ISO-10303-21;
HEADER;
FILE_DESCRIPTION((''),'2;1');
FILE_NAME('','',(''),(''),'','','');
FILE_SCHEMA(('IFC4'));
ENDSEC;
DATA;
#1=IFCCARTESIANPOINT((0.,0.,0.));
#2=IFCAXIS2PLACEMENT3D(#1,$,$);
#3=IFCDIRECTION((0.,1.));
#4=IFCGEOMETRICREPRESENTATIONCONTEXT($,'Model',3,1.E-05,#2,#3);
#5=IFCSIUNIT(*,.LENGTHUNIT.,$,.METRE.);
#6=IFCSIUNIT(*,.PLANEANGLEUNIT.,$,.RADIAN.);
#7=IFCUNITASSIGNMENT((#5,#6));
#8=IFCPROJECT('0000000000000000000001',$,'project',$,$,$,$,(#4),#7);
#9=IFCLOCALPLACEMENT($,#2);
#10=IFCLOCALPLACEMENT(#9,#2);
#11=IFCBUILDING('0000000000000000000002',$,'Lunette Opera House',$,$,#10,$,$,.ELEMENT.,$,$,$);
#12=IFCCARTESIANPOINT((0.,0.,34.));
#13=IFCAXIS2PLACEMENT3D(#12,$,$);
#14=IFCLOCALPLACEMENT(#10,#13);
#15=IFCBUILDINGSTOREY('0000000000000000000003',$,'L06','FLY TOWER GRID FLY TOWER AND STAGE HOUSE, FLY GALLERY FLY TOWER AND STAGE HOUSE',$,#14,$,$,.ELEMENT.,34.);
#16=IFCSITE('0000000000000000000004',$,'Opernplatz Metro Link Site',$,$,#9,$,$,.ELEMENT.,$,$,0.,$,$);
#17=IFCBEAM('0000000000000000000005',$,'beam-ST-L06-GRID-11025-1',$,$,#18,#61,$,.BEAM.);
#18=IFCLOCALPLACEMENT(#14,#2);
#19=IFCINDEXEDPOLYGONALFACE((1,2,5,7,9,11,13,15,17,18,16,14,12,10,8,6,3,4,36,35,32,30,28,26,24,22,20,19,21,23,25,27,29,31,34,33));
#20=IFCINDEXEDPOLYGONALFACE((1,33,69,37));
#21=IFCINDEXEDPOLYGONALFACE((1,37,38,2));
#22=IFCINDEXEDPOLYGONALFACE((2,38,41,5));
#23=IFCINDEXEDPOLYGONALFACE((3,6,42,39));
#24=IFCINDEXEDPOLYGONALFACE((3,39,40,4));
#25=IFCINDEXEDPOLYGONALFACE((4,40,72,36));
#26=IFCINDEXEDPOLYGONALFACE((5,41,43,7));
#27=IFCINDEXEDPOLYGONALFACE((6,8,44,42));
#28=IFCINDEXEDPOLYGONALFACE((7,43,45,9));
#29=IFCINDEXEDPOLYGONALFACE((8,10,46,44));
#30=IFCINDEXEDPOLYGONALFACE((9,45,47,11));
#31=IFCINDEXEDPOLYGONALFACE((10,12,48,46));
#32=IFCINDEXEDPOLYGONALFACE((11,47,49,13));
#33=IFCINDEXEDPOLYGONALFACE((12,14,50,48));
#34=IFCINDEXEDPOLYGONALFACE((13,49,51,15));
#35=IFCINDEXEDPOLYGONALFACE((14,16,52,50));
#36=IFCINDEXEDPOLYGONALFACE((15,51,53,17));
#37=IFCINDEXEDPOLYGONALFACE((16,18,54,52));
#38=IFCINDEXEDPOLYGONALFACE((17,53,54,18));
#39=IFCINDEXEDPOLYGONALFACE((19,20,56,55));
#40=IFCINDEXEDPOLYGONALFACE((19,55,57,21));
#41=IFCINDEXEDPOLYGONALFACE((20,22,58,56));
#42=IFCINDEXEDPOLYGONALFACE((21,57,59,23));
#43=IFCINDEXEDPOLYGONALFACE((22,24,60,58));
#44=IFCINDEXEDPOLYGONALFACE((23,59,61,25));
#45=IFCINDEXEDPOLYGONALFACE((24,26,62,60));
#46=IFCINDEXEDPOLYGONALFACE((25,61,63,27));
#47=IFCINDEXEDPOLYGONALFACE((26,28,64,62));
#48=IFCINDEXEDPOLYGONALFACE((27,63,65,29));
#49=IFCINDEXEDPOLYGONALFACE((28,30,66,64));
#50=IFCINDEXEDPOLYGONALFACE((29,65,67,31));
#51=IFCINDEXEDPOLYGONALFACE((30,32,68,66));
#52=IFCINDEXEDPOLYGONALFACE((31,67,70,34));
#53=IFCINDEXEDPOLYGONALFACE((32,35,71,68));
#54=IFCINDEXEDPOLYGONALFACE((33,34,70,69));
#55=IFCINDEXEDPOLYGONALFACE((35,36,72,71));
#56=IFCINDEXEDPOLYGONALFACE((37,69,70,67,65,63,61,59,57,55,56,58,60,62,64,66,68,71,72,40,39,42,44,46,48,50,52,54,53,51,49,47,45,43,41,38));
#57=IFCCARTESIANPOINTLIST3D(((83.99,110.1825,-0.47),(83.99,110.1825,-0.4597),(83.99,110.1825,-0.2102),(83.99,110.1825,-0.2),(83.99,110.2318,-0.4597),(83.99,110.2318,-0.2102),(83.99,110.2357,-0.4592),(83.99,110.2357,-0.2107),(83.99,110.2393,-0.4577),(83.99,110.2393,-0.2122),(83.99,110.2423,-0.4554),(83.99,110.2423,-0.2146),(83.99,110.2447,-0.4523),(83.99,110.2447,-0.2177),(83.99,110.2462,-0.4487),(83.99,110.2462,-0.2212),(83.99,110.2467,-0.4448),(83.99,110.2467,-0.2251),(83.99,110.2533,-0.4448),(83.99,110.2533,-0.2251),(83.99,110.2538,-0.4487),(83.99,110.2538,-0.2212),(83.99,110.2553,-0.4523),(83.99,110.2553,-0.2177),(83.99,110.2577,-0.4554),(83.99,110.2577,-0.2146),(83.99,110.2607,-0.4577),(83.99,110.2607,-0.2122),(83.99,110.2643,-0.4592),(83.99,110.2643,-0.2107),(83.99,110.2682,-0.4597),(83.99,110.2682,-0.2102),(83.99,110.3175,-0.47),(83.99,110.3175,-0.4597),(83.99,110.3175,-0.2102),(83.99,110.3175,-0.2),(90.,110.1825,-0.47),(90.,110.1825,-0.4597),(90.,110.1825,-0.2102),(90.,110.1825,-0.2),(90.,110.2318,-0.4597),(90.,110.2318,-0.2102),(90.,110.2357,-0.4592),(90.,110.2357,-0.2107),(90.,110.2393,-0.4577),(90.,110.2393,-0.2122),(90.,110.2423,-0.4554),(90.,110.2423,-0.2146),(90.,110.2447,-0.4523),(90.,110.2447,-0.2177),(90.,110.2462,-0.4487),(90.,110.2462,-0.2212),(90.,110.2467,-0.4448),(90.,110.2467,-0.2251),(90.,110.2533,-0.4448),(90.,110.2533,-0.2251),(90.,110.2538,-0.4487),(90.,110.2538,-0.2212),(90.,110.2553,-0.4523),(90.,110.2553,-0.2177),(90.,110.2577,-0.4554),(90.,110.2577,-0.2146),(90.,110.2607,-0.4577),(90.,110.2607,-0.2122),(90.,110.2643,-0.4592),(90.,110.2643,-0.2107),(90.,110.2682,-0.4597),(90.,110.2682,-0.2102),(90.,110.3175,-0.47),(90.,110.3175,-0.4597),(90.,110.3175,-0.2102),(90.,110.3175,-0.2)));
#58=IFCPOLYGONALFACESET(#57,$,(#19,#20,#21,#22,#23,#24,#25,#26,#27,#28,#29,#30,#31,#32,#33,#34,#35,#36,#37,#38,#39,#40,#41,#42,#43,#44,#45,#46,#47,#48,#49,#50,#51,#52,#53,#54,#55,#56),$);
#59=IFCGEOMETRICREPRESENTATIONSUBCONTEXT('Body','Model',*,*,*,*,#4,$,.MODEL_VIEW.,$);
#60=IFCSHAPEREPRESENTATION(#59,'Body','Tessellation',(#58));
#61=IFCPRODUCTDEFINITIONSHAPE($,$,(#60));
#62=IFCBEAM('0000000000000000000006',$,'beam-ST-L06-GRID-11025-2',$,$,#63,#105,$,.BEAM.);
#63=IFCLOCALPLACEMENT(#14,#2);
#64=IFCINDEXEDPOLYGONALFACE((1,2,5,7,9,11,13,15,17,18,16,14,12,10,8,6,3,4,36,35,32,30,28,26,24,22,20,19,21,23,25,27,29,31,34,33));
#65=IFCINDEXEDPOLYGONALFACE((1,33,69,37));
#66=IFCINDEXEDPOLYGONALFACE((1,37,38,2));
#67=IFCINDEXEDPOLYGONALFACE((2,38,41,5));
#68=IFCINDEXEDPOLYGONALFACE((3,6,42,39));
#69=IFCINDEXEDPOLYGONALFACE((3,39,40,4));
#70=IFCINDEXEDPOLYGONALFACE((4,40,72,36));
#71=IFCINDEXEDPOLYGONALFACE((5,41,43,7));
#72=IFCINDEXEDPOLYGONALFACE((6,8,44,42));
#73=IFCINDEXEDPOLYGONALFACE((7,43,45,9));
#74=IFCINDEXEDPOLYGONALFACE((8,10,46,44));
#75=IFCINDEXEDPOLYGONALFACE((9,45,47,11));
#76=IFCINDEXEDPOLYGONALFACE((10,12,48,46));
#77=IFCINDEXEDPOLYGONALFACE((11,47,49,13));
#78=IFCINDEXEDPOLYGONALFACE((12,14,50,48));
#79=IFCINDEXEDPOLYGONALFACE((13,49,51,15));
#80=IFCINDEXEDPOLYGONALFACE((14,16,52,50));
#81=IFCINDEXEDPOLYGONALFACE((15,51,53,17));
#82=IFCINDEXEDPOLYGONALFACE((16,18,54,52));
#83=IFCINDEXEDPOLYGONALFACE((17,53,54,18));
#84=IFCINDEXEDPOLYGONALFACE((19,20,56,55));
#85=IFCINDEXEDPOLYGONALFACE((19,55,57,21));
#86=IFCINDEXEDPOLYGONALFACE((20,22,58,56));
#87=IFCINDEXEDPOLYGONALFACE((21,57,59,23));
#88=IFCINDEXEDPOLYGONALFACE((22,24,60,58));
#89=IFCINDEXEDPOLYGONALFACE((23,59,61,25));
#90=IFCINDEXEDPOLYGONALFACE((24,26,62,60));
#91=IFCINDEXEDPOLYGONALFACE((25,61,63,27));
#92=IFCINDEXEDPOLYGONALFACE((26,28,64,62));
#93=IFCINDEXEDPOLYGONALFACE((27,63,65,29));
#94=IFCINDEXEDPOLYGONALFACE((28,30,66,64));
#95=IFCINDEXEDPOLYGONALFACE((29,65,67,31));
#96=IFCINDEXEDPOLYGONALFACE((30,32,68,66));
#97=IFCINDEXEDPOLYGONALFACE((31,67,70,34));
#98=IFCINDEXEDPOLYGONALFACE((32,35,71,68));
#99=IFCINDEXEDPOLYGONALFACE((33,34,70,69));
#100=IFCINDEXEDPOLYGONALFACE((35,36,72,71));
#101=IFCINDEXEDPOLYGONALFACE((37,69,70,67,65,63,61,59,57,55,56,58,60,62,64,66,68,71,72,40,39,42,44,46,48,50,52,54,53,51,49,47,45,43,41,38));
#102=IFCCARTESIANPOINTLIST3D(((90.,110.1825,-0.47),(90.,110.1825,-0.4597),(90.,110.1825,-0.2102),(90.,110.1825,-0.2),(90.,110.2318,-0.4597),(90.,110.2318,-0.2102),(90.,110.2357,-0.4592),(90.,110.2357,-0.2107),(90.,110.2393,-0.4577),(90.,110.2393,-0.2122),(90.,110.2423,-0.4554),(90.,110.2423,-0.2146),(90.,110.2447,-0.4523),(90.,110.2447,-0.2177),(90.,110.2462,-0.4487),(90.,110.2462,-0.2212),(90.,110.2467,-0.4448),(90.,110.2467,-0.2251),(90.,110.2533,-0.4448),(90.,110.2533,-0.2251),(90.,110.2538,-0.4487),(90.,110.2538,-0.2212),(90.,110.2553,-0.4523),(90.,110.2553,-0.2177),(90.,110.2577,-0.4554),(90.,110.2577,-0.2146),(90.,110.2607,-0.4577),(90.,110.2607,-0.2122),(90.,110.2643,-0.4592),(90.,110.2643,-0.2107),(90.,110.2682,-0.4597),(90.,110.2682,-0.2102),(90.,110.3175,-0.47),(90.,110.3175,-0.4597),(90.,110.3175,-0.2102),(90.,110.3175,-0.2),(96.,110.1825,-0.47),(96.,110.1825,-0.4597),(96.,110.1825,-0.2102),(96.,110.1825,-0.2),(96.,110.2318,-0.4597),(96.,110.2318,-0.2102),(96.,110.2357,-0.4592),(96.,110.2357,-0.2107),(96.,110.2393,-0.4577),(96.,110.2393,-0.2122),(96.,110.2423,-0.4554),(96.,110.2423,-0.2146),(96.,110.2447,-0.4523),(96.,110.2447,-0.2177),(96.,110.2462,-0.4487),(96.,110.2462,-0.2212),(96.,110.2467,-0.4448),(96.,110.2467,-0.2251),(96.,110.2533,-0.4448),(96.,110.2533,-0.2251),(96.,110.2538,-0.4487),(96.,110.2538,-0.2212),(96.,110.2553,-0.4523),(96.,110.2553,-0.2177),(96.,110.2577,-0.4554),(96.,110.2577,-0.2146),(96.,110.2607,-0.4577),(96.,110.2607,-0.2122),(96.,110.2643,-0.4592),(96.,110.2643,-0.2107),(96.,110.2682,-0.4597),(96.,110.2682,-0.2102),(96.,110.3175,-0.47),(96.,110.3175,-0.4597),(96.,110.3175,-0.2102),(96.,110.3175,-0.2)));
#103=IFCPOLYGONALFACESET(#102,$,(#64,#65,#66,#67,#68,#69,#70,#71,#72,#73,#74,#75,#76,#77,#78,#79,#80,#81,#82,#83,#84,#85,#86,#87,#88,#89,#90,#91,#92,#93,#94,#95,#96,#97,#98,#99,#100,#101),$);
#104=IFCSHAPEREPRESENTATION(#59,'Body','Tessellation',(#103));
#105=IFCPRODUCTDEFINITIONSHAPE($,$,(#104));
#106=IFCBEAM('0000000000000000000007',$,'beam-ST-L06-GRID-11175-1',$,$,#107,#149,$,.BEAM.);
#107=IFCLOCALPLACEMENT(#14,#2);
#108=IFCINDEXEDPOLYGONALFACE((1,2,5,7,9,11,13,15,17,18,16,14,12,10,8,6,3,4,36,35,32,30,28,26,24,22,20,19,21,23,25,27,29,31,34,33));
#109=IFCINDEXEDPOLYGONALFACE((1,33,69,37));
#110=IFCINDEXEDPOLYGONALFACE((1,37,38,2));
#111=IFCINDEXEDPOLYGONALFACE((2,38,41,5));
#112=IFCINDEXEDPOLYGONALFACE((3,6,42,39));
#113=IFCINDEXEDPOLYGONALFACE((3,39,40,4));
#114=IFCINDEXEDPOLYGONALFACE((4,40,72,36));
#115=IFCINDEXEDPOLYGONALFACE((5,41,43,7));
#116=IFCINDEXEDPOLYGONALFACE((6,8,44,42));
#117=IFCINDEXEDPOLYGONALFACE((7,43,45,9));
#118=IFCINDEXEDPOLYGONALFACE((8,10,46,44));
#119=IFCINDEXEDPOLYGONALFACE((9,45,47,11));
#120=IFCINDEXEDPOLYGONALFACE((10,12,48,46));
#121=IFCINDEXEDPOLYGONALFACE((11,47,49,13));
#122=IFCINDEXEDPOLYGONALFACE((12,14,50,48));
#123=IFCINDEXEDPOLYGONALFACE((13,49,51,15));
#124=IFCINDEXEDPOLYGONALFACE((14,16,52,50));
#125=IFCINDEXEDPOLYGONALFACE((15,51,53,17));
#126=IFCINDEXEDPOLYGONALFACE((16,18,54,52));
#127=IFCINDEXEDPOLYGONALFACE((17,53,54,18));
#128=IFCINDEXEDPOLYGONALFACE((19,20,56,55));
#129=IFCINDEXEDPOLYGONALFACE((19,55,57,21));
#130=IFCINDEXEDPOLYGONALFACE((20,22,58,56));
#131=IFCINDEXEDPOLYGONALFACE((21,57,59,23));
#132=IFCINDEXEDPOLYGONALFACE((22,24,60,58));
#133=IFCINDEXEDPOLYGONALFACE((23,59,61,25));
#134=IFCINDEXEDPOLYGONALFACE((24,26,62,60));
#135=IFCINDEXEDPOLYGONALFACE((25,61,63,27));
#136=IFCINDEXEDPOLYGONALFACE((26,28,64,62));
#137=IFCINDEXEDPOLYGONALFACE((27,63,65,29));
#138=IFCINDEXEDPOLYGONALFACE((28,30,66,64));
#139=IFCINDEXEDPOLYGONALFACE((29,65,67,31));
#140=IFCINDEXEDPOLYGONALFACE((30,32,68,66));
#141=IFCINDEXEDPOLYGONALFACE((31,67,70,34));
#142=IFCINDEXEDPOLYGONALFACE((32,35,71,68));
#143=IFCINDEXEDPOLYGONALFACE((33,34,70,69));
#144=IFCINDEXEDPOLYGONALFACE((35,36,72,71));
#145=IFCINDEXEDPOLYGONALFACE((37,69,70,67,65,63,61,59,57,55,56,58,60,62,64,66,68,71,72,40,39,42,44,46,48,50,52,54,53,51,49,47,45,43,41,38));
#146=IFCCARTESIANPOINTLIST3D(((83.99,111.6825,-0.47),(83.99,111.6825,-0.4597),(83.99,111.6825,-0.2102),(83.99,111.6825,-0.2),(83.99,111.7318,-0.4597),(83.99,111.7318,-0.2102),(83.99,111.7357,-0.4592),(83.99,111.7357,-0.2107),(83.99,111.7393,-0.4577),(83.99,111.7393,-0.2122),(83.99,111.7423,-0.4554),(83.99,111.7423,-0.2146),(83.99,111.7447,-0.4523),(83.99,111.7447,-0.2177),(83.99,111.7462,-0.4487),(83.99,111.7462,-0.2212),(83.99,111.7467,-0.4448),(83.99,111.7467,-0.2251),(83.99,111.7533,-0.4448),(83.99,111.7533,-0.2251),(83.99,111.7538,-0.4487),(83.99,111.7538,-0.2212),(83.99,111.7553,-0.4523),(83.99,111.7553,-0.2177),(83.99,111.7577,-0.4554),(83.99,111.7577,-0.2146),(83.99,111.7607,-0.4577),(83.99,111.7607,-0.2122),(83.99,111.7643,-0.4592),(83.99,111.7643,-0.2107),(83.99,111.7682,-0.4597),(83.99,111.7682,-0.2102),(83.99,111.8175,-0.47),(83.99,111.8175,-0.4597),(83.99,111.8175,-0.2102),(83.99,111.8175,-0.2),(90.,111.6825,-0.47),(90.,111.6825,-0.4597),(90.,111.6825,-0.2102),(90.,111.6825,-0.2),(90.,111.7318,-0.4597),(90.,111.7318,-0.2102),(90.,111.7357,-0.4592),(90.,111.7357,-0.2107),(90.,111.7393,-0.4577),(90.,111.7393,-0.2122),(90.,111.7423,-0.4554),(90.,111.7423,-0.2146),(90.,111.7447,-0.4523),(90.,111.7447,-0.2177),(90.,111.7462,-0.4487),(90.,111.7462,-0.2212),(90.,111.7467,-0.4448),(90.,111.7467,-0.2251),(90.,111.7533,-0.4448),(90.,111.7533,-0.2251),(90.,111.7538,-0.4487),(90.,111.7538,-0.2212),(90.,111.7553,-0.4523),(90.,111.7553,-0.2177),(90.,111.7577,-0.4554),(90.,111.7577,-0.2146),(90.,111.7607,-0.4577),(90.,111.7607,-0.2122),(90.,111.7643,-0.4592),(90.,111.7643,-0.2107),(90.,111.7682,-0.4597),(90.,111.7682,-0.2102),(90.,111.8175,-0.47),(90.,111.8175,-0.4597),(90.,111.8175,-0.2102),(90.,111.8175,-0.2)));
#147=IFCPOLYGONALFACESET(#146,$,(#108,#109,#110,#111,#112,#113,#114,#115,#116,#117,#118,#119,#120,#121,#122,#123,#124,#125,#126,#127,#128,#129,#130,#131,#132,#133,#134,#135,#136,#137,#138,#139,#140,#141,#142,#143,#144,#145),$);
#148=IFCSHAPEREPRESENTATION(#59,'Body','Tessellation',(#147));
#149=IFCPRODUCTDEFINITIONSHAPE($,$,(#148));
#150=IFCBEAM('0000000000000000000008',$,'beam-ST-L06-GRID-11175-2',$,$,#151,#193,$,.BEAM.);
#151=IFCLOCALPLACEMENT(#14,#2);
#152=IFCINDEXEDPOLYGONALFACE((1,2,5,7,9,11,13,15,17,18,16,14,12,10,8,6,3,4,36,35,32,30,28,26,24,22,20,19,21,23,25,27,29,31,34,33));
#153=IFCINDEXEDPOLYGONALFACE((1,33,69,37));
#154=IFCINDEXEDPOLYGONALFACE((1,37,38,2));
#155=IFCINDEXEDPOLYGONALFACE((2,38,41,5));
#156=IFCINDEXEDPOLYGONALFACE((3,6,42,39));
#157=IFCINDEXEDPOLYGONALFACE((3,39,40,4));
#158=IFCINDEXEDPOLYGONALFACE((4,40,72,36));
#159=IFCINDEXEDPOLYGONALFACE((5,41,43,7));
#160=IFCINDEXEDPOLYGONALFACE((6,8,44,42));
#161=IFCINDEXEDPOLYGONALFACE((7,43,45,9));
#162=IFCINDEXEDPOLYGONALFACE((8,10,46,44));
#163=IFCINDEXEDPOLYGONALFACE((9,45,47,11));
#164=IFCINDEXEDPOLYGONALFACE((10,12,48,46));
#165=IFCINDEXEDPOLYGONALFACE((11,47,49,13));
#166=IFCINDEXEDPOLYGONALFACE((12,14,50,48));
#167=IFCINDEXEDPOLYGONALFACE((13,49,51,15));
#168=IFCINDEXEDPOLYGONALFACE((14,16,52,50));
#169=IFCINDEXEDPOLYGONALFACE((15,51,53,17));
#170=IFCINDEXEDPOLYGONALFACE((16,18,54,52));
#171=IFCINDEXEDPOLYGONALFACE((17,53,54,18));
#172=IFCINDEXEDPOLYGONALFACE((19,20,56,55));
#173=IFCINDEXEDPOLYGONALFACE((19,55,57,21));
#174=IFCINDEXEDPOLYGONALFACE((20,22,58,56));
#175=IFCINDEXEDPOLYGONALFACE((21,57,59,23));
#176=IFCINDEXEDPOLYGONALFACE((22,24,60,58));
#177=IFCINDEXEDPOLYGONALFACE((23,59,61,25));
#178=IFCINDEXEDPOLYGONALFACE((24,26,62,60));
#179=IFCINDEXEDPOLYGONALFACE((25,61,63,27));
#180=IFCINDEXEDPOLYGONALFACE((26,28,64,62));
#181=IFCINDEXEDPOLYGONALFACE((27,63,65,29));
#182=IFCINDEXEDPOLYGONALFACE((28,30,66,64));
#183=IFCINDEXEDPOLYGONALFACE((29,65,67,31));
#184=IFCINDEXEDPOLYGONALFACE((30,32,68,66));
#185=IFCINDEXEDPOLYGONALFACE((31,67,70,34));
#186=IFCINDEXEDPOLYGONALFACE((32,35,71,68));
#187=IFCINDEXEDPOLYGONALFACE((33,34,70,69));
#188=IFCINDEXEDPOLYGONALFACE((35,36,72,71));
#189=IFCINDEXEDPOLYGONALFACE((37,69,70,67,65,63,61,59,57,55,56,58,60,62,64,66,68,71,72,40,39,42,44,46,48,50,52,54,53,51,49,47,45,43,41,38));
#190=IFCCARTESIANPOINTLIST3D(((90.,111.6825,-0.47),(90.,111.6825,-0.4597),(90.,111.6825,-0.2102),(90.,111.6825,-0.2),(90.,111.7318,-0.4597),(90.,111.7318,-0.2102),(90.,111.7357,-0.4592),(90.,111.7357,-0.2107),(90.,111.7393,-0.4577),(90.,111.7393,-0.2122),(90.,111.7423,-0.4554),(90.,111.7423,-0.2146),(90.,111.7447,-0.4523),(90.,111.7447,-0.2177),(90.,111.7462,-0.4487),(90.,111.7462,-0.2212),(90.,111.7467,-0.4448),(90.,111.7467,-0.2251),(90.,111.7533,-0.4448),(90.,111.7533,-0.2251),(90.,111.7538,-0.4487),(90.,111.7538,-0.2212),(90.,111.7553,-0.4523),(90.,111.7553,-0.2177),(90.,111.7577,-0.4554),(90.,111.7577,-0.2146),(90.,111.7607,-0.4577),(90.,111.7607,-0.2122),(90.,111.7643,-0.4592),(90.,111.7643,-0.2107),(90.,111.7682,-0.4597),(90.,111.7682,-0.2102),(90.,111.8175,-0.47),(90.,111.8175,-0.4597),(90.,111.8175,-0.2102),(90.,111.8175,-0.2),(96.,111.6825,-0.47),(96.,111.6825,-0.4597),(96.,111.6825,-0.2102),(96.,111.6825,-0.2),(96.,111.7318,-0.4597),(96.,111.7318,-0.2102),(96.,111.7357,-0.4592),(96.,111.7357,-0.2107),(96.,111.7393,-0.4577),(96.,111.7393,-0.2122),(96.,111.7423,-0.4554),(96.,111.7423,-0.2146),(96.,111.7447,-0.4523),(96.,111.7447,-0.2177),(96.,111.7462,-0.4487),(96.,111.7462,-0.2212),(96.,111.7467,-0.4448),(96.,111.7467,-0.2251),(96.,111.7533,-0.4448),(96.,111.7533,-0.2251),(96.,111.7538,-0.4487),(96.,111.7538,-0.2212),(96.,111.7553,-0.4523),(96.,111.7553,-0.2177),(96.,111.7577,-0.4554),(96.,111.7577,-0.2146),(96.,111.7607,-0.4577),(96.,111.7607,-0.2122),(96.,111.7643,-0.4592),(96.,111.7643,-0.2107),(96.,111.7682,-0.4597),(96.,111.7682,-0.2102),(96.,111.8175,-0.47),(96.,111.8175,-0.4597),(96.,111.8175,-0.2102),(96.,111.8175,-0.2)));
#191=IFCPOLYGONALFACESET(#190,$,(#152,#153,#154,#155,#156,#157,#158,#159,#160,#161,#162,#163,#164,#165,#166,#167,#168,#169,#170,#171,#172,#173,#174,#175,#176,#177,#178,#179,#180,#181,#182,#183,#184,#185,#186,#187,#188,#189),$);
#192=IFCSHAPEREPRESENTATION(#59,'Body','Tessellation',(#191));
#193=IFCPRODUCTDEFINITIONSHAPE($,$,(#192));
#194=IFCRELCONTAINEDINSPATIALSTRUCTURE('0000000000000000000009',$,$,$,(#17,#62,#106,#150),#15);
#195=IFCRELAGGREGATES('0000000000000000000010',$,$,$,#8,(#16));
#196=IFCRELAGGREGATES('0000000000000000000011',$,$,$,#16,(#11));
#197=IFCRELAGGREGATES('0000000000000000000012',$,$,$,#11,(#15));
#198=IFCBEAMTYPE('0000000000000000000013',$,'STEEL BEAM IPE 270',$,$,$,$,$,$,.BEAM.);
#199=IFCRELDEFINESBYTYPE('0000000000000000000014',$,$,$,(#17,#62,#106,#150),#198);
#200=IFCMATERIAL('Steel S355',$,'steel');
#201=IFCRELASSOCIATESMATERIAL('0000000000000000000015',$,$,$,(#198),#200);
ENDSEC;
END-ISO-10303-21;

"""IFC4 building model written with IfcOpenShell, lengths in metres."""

from ifc_helpers import new_model, si_unit, direction, frame, origin, origin_2d, place, context, subcontext, project, spatial, i_section, extrude, material, material_profile, profile_set, type_object, element, save


model = new_model("IFC4")

# Units and contexts
model_context = context("Model", 3, precision=1e-05, world=origin(), true_north=direction((0.0, 1.0)))
body_context = subcontext(model_context, "Body", "Model", "MODEL_VIEW")
ifc_project = project(units=[si_unit("LENGTHUNIT", "METRE"), si_unit("PLANEANGLEUNIT", "RADIAN")], contexts=[model_context])

# Site, building, storey
site_placement = place(None, origin())
site = spatial("IfcSite", under=ifc_project, at=site_placement, Name="Opernplatz Metro Link Site", CompositionType="ELEMENT", RefElevation=0.0)
building_placement = place(site_placement, origin())
building = spatial("IfcBuilding", under=site, at=building_placement, Name="Lunette Opera House", CompositionType="ELEMENT")
storey_placement = place(building_placement, frame((0.0, 0.0, 34.0)))
storey = spatial("IfcBuildingStorey", under=building, at=storey_placement, Name="L06", Description="FLY TOWER GRID FLY TOWER AND STAGE HOUSE, FLY GALLERY FLY TOWER AND STAGE HOUSE", CompositionType="ELEMENT", Elevation=34.0)

# Beams
ifc_material_1 = material(Name="Steel S355", Category="steel")
ifc_material_profile_1 = material_profile(ifc_material_1, i_section(OverallWidth=0.135, OverallDepth=0.27, WebThickness=0.0066, FlangeThickness=0.0103, FilletRadius=0.0149, at=origin_2d()), Name="IPE 270")
ifc_profile_set_1 = profile_set([ifc_material_profile_1], Name="Steel S355")
beam_type = type_object("IfcBeamType", Name="STEEL BEAM IPE 270", PredefinedType="BEAM", material=ifc_profile_set_1)
beam_1_placement = place(storey_placement, frame((83.99, 110.25, -0.335), z_axis=(1.0, 0.0, 0.0), x_axis=(0.0, 1.0, 0.0)))
element("IfcBeam", 1, at=beam_1_placement, inside=storey, type_object=beam_type, Name="beam-ST-L06-GRID-11025-1", PredefinedType="BEAM", context=body_context, shape_type="SweptSolid", body=[
    extrude(i_section(OverallWidth=0.135, OverallDepth=0.27, WebThickness=0.0066, FlangeThickness=0.0103, FilletRadius=0.0149, at=origin_2d()), origin(), (0.0, 0.0, 1.0), 6.01),
])
beam_2_placement = place(storey_placement, frame((90.0, 110.25, -0.335), z_axis=(1.0, 0.0, 0.0), x_axis=(0.0, 1.0, 0.0)))
element("IfcBeam", 2, at=beam_2_placement, inside=storey, type_object=beam_type, Name="beam-ST-L06-GRID-11025-2", PredefinedType="BEAM", context=body_context, shape_type="SweptSolid", body=[
    extrude(i_section(OverallWidth=0.135, OverallDepth=0.27, WebThickness=0.0066, FlangeThickness=0.0103, FilletRadius=0.0149, at=origin_2d()), origin(), (0.0, 0.0, 1.0), 6.0),
])
beam_3_placement = place(storey_placement, frame((83.99, 111.75, -0.335), z_axis=(1.0, 0.0, 0.0), x_axis=(0.0, 1.0, 0.0)))
element("IfcBeam", 3, at=beam_3_placement, inside=storey, type_object=beam_type, Name="beam-ST-L06-GRID-11175-1", PredefinedType="BEAM", context=body_context, shape_type="SweptSolid", body=[
    extrude(i_section(OverallWidth=0.135, OverallDepth=0.27, WebThickness=0.0066, FlangeThickness=0.0103, FilletRadius=0.0149, at=origin_2d()), origin(), (0.0, 0.0, 1.0), 6.01),
])
beam_4_placement = place(storey_placement, frame((90.0, 111.75, -0.335), z_axis=(1.0, 0.0, 0.0), x_axis=(0.0, 1.0, 0.0)))
element("IfcBeam", 4, at=beam_4_placement, inside=storey, type_object=beam_type, Name="beam-ST-L06-GRID-11175-2", PredefinedType="BEAM", context=body_context, shape_type="SweptSolid", body=[
    extrude(i_section(OverallWidth=0.135, OverallDepth=0.27, WebThickness=0.0066, FlangeThickness=0.0103, FilletRadius=0.0149, at=origin_2d()), origin(), (0.0, 0.0, 1.0), 6.0),
])

save(model, "model.ifc")
